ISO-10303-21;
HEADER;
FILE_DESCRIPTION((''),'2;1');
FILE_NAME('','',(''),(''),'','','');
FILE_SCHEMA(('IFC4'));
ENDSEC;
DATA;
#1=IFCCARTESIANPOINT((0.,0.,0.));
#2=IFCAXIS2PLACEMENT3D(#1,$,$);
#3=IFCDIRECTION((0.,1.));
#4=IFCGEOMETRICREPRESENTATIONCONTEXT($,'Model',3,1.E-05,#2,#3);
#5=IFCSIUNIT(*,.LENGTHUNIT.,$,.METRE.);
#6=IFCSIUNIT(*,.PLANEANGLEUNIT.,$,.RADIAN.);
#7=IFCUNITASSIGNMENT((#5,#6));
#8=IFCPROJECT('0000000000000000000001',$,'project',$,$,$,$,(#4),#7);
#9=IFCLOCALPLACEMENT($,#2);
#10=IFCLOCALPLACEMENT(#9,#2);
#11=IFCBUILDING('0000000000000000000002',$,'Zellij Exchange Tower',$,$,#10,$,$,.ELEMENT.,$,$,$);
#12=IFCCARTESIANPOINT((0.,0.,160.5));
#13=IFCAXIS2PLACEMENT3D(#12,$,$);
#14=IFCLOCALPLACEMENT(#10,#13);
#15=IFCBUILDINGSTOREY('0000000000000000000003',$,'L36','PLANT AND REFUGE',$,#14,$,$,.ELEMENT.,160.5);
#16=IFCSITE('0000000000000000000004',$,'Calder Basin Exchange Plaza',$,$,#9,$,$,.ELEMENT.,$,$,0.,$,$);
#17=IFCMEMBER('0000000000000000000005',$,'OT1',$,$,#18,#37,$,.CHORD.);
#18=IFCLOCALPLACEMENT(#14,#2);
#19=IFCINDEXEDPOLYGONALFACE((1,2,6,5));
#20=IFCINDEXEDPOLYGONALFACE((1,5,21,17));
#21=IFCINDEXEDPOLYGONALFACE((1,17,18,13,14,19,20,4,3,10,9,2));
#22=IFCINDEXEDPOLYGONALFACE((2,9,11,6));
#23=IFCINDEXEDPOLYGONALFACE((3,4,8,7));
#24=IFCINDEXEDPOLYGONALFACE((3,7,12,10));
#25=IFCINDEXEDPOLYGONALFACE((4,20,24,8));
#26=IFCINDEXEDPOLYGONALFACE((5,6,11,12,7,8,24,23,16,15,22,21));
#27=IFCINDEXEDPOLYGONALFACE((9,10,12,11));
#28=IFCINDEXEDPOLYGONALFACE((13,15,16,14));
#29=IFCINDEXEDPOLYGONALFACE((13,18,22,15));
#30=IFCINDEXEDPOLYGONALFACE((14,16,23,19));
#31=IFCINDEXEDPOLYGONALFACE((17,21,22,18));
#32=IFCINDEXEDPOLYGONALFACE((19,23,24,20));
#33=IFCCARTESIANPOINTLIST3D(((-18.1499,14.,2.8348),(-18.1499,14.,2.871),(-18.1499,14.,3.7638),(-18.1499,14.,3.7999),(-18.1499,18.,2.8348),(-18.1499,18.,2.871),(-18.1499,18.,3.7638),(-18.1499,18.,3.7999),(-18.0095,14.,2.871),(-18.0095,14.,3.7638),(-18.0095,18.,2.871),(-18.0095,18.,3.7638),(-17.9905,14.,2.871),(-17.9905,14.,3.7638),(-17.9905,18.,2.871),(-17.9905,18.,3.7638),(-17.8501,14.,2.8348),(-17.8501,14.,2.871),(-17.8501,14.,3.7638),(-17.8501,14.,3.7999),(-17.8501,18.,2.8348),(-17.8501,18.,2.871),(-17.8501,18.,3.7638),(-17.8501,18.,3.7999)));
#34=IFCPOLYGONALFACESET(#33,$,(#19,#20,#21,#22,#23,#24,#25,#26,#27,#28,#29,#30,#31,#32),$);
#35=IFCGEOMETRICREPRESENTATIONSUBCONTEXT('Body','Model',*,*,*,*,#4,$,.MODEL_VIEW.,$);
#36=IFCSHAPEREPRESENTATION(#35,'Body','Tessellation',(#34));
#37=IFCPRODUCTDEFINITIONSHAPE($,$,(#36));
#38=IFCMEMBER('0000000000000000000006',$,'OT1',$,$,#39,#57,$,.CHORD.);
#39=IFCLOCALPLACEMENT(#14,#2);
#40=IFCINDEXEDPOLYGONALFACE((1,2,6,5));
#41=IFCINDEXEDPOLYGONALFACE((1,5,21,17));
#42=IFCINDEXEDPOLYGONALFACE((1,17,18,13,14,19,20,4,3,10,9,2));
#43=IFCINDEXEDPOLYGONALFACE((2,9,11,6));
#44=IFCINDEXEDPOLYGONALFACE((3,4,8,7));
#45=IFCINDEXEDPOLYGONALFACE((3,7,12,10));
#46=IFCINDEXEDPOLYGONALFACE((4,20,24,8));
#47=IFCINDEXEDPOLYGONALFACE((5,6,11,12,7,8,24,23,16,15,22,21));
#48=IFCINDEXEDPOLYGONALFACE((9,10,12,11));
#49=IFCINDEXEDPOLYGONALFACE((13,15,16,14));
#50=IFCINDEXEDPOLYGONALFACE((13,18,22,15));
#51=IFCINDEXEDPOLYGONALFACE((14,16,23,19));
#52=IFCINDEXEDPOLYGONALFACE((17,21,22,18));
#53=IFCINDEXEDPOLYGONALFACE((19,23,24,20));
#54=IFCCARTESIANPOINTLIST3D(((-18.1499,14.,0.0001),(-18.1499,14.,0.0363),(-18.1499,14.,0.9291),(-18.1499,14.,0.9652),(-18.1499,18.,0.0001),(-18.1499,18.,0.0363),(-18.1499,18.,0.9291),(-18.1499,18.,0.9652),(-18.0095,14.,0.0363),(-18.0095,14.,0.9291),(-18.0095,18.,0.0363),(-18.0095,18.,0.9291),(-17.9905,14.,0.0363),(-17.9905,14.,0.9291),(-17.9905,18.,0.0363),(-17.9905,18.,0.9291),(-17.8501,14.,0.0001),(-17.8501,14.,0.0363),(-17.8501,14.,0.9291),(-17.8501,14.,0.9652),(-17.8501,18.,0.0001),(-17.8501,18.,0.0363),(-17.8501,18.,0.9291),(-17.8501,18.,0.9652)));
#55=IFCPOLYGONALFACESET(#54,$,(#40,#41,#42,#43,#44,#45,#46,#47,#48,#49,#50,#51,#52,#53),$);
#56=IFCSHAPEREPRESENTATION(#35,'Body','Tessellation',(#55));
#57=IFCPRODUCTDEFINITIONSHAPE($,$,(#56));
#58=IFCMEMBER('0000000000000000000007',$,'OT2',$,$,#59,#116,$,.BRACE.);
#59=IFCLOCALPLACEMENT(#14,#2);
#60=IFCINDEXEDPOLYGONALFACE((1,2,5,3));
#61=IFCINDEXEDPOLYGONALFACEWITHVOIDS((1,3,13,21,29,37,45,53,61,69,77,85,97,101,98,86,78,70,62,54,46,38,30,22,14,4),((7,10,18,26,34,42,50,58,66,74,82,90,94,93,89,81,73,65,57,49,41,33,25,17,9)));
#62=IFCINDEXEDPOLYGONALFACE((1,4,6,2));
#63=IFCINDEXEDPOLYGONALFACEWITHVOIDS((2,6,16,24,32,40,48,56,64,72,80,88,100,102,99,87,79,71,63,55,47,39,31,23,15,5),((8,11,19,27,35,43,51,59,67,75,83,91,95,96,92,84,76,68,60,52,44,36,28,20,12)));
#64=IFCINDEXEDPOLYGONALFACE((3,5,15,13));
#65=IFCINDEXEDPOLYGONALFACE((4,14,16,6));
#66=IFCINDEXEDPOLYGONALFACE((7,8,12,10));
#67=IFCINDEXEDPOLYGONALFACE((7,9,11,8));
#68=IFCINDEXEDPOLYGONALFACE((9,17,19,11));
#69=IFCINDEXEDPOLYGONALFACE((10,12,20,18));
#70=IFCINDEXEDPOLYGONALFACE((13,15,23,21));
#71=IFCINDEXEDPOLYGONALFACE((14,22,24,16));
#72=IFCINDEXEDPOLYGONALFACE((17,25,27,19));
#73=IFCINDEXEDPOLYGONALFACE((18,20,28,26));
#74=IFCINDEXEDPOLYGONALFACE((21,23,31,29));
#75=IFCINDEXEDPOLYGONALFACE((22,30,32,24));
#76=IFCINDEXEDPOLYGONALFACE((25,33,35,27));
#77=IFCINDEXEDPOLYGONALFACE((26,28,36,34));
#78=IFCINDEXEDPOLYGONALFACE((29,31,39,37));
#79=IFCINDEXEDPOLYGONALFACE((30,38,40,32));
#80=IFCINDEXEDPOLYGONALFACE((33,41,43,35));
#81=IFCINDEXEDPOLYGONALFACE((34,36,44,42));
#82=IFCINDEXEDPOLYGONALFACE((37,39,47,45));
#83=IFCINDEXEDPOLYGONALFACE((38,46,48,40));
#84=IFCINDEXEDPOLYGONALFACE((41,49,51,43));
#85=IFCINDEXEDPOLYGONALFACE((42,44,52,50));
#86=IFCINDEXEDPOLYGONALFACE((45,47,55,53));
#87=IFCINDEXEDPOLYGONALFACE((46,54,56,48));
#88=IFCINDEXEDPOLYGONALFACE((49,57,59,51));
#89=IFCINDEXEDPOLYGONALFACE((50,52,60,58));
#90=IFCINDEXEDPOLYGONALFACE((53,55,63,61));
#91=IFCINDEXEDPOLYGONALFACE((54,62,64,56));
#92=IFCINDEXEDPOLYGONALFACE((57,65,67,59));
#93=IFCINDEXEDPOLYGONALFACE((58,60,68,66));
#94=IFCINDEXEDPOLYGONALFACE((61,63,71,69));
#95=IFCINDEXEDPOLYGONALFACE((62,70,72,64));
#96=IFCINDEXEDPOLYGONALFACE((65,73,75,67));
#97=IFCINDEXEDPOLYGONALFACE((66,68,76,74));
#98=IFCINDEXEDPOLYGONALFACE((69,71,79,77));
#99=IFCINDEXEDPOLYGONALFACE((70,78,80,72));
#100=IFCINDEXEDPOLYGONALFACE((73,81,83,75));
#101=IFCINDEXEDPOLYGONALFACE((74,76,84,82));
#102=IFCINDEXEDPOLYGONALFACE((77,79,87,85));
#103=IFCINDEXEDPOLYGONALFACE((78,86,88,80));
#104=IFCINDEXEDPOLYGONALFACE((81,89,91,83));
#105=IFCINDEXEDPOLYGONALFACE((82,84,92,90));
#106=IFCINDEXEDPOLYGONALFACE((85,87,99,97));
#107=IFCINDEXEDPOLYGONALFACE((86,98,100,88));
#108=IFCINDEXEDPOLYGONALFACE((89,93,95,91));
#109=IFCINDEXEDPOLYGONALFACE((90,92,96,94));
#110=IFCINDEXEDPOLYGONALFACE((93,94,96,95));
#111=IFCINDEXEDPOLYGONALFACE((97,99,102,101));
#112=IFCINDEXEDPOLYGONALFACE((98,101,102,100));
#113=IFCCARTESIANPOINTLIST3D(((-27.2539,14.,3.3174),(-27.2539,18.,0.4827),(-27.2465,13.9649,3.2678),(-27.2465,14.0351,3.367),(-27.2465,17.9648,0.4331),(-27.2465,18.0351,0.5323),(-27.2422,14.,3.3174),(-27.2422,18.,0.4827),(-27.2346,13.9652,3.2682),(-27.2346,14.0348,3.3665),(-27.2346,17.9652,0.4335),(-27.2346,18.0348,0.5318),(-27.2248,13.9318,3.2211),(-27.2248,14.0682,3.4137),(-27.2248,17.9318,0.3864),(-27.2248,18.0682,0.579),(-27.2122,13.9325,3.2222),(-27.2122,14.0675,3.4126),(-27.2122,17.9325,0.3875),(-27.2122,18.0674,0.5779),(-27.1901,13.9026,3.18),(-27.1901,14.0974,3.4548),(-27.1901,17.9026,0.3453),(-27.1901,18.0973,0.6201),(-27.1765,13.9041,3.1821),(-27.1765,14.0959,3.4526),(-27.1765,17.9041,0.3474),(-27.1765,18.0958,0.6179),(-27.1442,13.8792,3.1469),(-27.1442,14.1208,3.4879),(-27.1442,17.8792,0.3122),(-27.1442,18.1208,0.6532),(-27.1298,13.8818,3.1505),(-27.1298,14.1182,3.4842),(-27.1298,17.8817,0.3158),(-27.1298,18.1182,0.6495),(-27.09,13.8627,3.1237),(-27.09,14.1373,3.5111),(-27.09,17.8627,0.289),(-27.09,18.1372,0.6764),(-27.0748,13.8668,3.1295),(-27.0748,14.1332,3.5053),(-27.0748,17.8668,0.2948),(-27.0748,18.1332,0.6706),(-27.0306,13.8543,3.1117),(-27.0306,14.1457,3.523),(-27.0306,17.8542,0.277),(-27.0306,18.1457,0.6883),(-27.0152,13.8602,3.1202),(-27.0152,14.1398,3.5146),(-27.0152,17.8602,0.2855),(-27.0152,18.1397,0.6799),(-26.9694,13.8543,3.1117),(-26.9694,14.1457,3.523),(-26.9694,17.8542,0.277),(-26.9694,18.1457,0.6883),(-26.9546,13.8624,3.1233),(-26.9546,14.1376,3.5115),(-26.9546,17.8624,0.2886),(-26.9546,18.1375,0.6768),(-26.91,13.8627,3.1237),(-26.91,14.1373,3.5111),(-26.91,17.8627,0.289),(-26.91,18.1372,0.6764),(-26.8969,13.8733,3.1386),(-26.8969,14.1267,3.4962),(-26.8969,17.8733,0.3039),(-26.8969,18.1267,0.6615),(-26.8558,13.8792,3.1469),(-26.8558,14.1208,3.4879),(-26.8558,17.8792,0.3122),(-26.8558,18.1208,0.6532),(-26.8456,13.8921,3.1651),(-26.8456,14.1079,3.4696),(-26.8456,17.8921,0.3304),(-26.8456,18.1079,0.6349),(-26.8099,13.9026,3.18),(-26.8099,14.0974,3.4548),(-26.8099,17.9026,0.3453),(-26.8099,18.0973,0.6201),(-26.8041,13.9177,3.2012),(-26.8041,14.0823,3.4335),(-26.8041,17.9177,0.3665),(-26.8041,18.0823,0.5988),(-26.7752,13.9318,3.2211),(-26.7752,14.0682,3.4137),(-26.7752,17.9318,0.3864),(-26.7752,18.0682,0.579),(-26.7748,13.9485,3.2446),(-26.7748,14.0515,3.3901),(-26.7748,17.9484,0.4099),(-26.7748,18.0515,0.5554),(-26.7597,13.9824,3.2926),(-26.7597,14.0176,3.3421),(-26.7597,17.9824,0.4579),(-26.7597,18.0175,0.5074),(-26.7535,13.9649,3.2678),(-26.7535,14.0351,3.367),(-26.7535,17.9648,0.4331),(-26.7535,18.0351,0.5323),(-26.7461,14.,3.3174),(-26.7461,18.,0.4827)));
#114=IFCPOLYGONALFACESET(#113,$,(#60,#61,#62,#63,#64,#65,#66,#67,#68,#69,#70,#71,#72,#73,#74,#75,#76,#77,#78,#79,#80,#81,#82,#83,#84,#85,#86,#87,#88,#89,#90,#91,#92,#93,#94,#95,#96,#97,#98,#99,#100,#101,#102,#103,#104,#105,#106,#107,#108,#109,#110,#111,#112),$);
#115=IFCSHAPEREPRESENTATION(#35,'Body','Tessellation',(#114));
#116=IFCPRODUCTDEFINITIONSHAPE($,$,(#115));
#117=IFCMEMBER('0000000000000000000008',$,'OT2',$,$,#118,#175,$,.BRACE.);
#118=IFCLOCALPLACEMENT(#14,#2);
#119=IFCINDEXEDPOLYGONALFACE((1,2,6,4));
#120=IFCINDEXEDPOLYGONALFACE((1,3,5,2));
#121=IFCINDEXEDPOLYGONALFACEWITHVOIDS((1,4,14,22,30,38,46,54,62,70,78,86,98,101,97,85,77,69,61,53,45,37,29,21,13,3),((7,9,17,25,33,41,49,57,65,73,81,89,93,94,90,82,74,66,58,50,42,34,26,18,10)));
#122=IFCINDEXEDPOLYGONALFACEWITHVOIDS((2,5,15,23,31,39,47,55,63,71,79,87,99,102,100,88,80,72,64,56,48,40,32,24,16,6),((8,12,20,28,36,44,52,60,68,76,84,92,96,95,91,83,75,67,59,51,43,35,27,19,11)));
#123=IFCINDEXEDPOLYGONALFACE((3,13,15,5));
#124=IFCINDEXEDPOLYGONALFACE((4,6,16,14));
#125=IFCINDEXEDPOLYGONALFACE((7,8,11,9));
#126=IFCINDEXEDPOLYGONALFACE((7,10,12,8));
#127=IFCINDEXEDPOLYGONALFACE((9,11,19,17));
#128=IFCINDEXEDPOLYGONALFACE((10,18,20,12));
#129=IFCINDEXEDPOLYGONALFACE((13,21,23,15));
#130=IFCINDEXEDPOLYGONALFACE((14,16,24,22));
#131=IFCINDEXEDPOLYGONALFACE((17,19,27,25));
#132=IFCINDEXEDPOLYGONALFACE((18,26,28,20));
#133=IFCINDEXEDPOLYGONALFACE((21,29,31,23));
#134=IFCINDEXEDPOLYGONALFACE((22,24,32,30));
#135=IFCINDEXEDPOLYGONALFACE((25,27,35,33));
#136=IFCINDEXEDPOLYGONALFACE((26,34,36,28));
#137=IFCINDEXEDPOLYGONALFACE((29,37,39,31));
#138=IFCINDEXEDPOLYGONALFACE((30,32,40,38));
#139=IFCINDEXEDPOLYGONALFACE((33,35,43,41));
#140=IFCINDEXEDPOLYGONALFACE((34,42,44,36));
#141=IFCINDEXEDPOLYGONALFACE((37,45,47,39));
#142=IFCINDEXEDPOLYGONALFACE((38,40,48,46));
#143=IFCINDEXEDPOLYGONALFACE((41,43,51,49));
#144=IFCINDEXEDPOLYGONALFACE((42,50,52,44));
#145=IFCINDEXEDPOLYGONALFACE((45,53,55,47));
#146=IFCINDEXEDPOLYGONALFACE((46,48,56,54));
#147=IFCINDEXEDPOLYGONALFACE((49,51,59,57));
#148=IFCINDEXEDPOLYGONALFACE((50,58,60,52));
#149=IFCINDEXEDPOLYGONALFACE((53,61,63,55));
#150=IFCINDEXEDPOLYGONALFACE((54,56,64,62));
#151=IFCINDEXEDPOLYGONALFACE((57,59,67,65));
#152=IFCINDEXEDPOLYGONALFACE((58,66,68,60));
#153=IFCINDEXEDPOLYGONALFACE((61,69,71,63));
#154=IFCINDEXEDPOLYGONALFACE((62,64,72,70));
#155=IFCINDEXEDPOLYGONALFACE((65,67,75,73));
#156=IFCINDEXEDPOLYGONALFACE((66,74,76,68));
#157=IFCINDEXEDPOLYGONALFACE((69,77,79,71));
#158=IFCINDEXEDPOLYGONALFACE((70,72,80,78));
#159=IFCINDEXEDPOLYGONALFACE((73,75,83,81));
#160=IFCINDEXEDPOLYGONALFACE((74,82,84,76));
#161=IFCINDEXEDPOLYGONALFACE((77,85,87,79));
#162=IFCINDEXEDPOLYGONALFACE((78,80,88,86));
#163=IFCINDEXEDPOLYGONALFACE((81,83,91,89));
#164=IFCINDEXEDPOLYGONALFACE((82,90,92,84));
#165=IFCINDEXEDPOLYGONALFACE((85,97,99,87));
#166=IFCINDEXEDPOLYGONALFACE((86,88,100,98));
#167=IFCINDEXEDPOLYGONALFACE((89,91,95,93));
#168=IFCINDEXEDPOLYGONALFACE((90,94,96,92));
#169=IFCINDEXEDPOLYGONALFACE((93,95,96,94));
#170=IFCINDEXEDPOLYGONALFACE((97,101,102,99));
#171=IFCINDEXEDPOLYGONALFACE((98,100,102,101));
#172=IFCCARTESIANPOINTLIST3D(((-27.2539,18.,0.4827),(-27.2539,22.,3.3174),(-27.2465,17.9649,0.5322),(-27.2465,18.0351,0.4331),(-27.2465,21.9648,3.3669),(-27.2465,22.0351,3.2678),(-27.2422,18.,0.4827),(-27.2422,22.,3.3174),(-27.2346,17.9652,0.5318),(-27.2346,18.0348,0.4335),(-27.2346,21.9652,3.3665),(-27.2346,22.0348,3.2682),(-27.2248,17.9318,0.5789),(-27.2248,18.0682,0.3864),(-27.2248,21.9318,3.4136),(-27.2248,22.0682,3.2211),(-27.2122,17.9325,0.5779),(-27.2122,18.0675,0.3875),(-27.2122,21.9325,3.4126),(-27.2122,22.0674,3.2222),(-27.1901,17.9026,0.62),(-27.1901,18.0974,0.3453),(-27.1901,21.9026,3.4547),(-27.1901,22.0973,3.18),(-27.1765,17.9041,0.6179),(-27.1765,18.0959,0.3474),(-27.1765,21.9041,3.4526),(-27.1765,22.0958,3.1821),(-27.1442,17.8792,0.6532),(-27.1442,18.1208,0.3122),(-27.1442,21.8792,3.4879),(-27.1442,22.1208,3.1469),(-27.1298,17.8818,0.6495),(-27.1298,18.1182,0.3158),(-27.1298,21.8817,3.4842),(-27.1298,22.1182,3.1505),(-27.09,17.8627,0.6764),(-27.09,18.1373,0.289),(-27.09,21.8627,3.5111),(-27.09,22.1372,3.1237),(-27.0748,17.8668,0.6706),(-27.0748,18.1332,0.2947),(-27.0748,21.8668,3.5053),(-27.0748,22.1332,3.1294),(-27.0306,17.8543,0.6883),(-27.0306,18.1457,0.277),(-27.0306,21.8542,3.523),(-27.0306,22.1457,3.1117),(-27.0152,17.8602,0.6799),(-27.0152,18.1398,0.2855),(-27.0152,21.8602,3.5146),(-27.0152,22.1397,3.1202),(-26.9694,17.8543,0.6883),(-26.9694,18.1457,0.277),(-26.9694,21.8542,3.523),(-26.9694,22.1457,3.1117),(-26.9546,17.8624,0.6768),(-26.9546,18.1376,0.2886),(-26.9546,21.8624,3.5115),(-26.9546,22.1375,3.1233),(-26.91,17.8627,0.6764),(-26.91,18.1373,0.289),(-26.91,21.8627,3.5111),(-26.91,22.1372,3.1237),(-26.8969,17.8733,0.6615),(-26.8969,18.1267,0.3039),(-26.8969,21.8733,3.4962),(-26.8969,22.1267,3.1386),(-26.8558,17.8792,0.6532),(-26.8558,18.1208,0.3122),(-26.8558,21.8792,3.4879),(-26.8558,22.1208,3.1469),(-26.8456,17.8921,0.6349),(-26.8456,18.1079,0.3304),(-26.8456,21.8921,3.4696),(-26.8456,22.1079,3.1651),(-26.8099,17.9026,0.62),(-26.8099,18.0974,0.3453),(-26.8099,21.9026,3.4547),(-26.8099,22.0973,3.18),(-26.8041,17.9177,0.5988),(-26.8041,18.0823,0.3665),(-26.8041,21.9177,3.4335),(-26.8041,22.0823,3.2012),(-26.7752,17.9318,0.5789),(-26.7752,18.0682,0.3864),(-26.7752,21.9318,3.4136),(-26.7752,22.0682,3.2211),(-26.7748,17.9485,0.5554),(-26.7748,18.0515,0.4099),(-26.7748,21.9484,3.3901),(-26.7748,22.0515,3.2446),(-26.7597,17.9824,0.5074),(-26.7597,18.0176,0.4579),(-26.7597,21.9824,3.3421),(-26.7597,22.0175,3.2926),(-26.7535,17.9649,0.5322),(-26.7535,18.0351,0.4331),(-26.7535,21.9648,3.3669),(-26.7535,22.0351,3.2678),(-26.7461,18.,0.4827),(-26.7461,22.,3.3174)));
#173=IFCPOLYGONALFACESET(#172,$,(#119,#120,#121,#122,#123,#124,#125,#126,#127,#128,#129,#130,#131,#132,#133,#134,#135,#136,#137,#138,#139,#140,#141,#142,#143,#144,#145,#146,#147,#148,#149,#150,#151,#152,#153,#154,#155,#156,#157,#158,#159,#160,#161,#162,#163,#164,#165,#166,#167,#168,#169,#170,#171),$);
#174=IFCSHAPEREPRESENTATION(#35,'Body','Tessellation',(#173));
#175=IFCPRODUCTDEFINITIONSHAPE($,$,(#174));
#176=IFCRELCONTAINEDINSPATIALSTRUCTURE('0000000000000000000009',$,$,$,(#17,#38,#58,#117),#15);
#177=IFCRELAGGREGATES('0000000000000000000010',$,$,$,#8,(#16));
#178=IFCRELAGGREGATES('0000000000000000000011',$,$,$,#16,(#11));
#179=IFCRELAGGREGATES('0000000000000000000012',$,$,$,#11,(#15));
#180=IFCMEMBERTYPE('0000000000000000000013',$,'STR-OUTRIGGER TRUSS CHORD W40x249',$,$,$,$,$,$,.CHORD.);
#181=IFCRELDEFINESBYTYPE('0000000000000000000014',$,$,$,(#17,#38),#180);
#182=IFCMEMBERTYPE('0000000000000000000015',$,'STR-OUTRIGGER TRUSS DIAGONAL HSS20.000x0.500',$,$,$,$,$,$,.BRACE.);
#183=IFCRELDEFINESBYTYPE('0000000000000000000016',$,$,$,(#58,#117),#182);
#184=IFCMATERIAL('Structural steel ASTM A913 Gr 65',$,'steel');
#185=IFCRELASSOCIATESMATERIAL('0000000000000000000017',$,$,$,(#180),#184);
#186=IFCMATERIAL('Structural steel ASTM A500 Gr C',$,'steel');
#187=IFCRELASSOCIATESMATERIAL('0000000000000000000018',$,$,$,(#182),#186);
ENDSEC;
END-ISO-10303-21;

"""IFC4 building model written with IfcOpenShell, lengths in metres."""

from ifc_helpers import new_model, si_unit, direction, frame, origin, origin_2d, place, context, subcontext, project, spatial, hollow_circle, i_section, extrude, material, material_profile, profile_set, type_object, element, save


model = new_model("IFC4")

# Units and contexts
model_context = context("Model", 3, precision=1e-05, world=origin(), true_north=direction((0.0, 1.0)))
body_context = subcontext(model_context, "Body", "Model", "MODEL_VIEW")
ifc_project = project(units=[si_unit("LENGTHUNIT", "METRE"), si_unit("PLANEANGLEUNIT", "RADIAN")], contexts=[model_context])

# Site, building, storey
site_placement = place(None, origin())
site = spatial("IfcSite", under=ifc_project, at=site_placement, Name="Calder Basin Exchange Plaza", CompositionType="ELEMENT", RefElevation=0.0)
building_placement = place(site_placement, origin())
building = spatial("IfcBuilding", under=site, at=building_placement, Name="Zellij Exchange Tower", CompositionType="ELEMENT")
storey_placement = place(building_placement, frame((0.0, 0.0, 160.5)))
storey = spatial("IfcBuildingStorey", under=building, at=storey_placement, Name="L36", Description="PLANT AND REFUGE", CompositionType="ELEMENT", Elevation=160.5)

# Shared definitions
ifc_material_1 = material(Name="Structural steel ASTM A913 Gr 65", Category="steel")

# Members
ifc_material_profile_1 = material_profile(ifc_material_1, i_section(OverallWidth=0.2998, OverallDepth=0.9651, WebThickness=0.019, FlangeThickness=0.0361, at=origin_2d()), Name="W40x249")
ifc_profile_set_1 = profile_set([ifc_material_profile_1], Name="Structural steel ASTM A913 Gr 65")
member_type_1 = type_object("IfcMemberType", Name="STR-OUTRIGGER TRUSS CHORD W40x249", PredefinedType="CHORD", material=ifc_profile_set_1)
for number, where, z_axis, x_axis, name in (
    (1, (-18.0, 14.0, 3.3174), (0.0, 1.0, 0.0), (-1.0, 0.0, 0.0), "OT1"),
    (2, (-18.0, 14.0, 0.4827), (0.0, 1.0, 0.0), (-1.0, 0.0, 0.0), "OT1"),
):
    element("IfcMember", number, at=place(storey_placement, frame(where, z_axis=z_axis, x_axis=x_axis)), inside=storey, type_object=member_type_1, Name=name, PredefinedType="CHORD", context=body_context, shape_type="SweptSolid", body=[
        extrude(i_section(OverallWidth=0.2998, OverallDepth=0.9651, WebThickness=0.019, FlangeThickness=0.0361, at=origin_2d()), origin(), (0.0, 0.0, 1.0), 4.0),
    ])
ifc_material_2 = material(Name="Structural steel ASTM A500 Gr C", Category="steel")
ifc_material_profile_2 = material_profile(ifc_material_2, hollow_circle(Radius=0.2539, WallThickness=0.0117, at=origin_2d()), Name="STR-OUTRIGGER TRUSS DIAGONAL HSS20.000x0.500")
ifc_profile_set_2 = profile_set([ifc_material_profile_2], Name="Structural steel ASTM A500 Gr C")
member_type_2 = type_object("IfcMemberType", Name="STR-OUTRIGGER TRUSS DIAGONAL HSS20.000x0.500", PredefinedType="BRACE", material=ifc_profile_set_2)
for number, where, z_axis, x_axis, name in (
    (3, (-27.0, 14.0, 3.3174), (0.0, 0.815891, -0.578205), (-1.0, 0.0, 0.0), "OT2"),
    (4, (-27.0, 18.0, 0.4827), (0.0, 0.815891, 0.578205), (-1.0, 0.0, 0.0), "OT2"),
):
    element("IfcMember", number, at=place(storey_placement, frame(where, z_axis=z_axis, x_axis=x_axis)), inside=storey, type_object=member_type_2, Name=name, PredefinedType="BRACE", context=body_context, shape_type="SweptSolid", body=[
        extrude(hollow_circle(Radius=0.2539, WallThickness=0.0117, at=origin_2d()), origin(), (0.0, 0.0, 1.0), 4.9026),
    ])

save(model, "model.ifc")
